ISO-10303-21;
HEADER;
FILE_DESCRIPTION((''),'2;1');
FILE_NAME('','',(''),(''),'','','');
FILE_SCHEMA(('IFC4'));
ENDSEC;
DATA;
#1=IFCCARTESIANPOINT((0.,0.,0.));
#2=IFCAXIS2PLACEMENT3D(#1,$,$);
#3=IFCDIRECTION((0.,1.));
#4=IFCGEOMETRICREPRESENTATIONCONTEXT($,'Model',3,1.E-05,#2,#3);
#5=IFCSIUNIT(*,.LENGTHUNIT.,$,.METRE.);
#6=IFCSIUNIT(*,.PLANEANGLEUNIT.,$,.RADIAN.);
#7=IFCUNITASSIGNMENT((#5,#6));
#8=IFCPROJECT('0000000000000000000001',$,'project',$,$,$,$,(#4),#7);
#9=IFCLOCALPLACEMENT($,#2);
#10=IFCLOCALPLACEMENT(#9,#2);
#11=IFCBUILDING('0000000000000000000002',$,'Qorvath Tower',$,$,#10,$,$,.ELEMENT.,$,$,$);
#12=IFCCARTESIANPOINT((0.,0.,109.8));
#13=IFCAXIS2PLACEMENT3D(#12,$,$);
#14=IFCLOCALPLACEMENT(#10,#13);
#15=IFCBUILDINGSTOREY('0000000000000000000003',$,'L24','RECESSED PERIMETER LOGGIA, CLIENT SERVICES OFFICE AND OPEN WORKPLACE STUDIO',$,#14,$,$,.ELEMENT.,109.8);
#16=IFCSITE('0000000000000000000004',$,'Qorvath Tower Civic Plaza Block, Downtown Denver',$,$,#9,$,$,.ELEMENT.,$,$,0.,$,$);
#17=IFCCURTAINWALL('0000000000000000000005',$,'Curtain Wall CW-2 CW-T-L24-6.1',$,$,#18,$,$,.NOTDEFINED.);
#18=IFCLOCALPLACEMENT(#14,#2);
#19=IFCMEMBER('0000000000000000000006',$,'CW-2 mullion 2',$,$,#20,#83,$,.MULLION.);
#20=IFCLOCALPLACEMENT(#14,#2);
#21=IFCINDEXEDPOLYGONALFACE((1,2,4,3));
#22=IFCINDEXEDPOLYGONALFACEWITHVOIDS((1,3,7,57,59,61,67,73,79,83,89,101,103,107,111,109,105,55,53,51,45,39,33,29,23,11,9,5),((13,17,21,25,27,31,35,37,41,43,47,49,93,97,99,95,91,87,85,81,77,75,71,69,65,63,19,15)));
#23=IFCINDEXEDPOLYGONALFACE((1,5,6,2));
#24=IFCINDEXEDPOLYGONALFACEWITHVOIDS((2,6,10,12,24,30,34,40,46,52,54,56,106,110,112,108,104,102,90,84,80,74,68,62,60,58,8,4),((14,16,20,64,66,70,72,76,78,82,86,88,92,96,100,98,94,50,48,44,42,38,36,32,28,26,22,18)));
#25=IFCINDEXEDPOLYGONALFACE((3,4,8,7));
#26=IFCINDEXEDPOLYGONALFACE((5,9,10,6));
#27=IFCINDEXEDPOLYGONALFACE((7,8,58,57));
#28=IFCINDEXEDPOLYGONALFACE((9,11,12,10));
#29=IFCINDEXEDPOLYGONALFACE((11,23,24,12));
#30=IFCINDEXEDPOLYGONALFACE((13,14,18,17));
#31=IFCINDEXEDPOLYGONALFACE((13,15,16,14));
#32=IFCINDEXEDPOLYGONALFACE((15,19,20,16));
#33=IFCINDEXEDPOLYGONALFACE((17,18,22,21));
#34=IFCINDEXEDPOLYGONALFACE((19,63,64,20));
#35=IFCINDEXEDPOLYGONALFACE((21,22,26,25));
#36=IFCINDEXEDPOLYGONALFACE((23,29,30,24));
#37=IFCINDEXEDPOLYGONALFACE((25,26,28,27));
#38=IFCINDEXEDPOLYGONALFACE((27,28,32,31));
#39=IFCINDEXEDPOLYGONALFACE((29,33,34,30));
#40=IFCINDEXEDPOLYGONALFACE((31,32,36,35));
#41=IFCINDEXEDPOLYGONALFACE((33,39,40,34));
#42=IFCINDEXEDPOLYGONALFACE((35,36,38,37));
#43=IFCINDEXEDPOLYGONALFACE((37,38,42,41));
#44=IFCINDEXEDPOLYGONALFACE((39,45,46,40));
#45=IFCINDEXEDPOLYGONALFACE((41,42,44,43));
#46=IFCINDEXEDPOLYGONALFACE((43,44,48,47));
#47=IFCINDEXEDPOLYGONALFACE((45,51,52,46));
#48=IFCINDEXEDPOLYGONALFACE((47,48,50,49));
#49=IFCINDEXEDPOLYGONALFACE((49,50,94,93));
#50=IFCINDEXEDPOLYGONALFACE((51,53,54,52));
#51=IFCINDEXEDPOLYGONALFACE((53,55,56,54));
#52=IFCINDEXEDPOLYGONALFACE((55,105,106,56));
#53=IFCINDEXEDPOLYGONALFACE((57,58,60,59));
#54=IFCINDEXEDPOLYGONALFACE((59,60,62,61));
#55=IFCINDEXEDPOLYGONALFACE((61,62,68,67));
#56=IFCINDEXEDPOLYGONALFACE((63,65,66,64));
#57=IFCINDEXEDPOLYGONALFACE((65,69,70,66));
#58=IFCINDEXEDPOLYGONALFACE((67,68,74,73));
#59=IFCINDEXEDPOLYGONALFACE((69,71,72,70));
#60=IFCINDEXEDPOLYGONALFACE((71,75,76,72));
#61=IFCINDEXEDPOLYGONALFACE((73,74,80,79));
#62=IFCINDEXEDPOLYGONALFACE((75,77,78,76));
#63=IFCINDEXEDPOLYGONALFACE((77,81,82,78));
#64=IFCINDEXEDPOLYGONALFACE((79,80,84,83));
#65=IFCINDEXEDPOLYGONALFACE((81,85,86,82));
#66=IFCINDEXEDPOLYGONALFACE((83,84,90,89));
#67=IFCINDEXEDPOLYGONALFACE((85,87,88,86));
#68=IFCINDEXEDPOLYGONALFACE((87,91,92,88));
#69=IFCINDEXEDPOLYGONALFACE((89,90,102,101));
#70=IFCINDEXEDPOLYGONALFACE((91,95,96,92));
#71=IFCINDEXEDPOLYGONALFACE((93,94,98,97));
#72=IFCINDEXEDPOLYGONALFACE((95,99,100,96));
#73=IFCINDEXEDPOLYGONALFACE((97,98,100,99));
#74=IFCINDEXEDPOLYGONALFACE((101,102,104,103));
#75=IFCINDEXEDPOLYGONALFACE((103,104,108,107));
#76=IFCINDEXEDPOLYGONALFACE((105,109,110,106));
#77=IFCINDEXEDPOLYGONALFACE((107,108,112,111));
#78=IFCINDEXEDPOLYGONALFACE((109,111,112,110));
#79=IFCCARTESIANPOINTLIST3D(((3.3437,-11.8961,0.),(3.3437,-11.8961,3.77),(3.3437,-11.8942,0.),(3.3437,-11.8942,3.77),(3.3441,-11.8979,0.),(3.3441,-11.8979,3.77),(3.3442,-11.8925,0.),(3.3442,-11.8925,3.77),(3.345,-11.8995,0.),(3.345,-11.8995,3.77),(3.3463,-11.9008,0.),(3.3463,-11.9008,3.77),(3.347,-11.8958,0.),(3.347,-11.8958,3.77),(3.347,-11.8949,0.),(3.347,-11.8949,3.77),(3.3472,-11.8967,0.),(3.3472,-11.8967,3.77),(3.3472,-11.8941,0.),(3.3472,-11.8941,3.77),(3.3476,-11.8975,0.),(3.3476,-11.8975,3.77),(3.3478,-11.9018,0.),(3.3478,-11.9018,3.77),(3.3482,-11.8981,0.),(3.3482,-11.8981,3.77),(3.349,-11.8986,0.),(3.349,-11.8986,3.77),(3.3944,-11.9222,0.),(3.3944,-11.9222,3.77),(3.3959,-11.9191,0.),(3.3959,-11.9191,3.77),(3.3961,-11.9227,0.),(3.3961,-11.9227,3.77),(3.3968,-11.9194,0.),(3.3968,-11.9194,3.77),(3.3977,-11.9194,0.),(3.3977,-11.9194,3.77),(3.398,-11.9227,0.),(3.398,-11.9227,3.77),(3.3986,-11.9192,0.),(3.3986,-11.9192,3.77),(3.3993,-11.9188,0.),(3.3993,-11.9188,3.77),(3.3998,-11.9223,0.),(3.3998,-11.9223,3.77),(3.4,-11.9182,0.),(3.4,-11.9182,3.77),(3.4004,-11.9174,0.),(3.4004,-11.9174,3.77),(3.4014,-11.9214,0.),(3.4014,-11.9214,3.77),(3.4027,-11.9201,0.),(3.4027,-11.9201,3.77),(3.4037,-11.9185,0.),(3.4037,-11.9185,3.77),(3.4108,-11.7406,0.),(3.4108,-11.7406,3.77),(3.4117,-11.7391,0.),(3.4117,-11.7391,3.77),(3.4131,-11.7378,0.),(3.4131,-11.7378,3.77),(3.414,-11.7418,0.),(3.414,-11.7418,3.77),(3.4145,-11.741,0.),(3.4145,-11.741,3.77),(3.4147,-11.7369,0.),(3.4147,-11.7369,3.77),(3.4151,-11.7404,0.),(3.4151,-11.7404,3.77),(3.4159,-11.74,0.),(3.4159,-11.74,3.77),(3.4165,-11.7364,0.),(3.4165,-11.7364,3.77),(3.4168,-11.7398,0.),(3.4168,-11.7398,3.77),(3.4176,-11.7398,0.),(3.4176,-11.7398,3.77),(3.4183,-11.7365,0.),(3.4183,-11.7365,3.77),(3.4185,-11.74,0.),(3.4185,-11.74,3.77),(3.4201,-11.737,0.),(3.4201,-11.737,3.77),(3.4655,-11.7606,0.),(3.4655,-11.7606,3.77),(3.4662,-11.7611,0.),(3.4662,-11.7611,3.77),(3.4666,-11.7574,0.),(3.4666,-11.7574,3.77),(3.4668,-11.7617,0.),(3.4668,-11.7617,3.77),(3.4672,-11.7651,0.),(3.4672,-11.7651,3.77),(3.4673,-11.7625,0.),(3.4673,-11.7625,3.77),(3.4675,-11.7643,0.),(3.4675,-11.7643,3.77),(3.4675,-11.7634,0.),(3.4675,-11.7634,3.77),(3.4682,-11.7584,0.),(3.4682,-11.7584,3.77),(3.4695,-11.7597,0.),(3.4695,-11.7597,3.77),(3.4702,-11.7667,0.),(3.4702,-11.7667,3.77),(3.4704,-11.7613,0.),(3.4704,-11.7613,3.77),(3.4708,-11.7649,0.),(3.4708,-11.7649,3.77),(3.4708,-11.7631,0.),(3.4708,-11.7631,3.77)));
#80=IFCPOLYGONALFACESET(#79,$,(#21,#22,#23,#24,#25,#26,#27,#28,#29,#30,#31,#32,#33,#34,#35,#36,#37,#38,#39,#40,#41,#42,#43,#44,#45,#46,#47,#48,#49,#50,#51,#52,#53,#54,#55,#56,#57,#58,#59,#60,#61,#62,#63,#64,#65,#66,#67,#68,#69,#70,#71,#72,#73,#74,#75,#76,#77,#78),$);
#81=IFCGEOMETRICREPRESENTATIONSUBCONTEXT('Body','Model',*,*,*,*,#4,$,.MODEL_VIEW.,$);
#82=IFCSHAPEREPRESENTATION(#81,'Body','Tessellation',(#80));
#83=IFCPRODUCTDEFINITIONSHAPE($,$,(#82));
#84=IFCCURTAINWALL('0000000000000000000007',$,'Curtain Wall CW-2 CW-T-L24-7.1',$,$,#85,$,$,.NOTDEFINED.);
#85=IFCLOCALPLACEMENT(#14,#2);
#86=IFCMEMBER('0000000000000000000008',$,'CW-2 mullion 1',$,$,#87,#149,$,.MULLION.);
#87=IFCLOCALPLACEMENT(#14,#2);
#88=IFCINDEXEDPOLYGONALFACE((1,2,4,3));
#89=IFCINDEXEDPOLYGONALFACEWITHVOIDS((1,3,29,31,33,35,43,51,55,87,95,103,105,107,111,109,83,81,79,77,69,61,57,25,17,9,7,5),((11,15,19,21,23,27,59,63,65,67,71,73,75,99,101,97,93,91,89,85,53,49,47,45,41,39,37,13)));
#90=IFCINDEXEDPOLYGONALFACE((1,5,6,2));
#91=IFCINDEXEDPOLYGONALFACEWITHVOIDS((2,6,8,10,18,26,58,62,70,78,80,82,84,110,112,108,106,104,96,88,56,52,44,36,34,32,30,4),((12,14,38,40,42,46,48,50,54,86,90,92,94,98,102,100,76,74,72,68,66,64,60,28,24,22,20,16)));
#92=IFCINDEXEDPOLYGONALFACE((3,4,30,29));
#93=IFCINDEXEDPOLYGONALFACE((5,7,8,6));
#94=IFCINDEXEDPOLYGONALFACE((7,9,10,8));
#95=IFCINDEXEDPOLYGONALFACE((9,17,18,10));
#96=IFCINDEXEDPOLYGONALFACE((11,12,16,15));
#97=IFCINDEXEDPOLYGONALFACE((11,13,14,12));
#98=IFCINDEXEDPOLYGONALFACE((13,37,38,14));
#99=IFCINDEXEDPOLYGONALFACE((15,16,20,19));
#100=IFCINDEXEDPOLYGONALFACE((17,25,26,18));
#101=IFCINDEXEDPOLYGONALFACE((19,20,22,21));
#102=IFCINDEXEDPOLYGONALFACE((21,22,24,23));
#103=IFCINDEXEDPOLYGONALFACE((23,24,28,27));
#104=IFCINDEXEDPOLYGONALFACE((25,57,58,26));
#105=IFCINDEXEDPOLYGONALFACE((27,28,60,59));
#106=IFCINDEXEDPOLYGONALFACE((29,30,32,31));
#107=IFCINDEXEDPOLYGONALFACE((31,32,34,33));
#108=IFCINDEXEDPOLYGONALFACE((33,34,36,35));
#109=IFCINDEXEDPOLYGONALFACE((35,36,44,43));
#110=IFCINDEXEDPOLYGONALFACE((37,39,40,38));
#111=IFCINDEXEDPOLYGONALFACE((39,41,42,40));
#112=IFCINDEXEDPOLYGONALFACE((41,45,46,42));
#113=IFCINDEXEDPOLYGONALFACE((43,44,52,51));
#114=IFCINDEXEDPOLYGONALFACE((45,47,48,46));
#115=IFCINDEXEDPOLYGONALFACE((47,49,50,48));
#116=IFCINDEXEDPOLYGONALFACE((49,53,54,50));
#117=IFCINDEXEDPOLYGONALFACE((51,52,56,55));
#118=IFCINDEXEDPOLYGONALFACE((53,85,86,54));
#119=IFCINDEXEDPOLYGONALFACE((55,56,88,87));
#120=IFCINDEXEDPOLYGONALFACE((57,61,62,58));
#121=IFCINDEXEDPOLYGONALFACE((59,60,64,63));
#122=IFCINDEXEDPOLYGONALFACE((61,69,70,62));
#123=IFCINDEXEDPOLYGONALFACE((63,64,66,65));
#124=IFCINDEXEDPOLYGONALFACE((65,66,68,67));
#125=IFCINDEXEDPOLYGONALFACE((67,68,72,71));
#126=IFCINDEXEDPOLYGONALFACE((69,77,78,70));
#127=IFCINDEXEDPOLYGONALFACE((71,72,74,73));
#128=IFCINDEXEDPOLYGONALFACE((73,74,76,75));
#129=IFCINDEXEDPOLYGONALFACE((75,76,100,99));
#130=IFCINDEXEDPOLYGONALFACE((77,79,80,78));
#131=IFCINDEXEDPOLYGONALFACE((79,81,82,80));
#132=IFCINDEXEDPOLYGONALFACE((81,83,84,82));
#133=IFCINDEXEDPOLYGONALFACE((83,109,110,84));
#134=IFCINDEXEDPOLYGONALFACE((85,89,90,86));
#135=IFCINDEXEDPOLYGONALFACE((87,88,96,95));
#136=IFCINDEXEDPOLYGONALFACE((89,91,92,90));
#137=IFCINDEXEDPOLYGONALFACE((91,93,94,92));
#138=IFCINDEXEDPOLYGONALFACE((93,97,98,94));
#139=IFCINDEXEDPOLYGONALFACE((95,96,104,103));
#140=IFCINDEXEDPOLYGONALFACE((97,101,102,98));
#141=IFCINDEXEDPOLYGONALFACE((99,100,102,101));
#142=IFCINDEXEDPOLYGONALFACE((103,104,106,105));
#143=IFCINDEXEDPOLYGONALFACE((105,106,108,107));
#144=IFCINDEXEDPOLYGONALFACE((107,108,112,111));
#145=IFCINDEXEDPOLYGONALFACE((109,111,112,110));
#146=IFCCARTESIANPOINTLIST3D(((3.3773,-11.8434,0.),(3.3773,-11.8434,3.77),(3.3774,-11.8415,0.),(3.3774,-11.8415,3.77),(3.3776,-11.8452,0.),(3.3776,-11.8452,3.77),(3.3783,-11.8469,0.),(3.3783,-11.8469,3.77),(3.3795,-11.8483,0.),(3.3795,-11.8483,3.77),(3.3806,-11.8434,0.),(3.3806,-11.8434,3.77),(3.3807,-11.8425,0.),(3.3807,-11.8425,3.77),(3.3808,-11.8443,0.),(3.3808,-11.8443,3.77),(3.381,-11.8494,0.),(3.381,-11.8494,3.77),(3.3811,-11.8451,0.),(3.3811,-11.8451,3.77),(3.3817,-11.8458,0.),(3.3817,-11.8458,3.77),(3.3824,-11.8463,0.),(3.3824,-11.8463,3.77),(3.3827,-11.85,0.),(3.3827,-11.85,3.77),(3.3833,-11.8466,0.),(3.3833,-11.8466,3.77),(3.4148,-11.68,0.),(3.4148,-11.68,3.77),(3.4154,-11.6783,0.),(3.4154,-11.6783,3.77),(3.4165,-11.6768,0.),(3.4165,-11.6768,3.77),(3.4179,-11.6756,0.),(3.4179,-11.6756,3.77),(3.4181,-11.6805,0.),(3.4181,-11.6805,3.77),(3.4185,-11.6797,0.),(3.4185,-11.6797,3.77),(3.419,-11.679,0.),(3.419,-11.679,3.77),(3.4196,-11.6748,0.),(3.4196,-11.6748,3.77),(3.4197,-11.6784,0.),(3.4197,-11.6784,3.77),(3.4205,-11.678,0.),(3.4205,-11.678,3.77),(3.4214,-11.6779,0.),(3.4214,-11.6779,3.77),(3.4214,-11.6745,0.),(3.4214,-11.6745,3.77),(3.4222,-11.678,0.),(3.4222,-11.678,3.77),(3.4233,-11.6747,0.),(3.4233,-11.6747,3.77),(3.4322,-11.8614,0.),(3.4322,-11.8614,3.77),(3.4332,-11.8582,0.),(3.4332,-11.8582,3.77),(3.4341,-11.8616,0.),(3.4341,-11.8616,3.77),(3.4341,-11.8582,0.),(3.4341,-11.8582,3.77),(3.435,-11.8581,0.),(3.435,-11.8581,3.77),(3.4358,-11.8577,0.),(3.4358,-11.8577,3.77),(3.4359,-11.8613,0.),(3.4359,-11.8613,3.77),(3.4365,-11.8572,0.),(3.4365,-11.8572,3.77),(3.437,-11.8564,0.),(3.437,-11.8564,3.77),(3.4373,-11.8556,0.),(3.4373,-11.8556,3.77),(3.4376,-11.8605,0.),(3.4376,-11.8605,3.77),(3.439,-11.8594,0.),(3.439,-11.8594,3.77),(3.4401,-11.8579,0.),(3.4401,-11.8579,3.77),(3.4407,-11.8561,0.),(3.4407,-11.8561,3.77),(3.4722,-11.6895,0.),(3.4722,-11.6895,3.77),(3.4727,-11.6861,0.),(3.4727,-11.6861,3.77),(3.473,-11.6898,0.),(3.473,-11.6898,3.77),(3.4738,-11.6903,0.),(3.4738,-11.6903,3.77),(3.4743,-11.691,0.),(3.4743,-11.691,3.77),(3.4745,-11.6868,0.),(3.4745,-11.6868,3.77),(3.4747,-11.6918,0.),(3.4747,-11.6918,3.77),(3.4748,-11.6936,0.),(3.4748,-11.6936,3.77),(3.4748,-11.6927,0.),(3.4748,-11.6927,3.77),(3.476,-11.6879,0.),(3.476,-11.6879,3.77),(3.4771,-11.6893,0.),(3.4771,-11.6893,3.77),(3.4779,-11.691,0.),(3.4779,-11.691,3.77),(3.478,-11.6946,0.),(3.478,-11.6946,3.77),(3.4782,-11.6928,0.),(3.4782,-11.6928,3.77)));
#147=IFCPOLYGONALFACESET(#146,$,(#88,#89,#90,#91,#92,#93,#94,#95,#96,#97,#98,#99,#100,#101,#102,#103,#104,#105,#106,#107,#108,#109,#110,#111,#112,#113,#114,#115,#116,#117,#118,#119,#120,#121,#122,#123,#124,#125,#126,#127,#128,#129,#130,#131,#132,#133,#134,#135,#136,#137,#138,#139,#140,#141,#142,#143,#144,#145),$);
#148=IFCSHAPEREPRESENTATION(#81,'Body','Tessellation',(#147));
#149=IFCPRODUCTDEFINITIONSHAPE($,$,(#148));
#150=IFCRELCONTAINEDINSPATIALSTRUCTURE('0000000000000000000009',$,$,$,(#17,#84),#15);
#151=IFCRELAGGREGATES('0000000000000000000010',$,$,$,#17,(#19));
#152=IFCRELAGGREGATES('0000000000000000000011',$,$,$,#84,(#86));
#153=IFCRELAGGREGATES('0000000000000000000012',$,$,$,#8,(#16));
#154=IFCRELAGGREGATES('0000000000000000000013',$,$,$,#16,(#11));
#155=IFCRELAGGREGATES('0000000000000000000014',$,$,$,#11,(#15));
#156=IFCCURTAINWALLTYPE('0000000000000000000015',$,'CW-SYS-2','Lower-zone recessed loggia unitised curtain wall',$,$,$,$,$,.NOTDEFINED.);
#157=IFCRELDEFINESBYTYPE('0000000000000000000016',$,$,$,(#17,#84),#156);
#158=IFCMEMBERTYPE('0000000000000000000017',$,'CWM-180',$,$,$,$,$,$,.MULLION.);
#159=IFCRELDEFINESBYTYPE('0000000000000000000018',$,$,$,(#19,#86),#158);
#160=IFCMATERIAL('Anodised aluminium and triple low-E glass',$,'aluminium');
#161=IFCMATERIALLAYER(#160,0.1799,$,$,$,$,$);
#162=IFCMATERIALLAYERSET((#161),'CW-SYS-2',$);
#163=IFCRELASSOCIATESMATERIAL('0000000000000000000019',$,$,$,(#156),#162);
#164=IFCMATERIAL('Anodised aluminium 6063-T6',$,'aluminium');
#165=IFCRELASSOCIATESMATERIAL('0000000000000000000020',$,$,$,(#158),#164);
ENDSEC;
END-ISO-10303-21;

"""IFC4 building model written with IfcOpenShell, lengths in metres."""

from ifc_helpers import new_model, si_unit, direction, frame, origin, origin_2d, place, context, subcontext, project, spatial, hollow_rectangle, extrude, material, layer, layer_set, material_profile, profile_set, type_object, element, aggregate, save


model = new_model("IFC4")

# Units and contexts
model_context = context("Model", 3, precision=1e-05, world=origin(), true_north=direction((0.0, 1.0)))
body_context = subcontext(model_context, "Body", "Model", "MODEL_VIEW")
ifc_project = project(units=[si_unit("LENGTHUNIT", "METRE"), si_unit("PLANEANGLEUNIT", "RADIAN")], contexts=[model_context])

# Site, building, storey
site_placement = place(None, origin())
site = spatial("IfcSite", under=ifc_project, at=site_placement, Name="Qorvath Tower Civic Plaza Block, Downtown Denver", CompositionType="ELEMENT", RefElevation=0.0)
building_placement = place(site_placement, origin())
building = spatial("IfcBuilding", under=site, at=building_placement, Name="Qorvath Tower", CompositionType="ELEMENT")
storey_placement = place(building_placement, frame((0.0, 0.0, 109.8)))
storey = spatial("IfcBuildingStorey", under=building, at=storey_placement, Name="L24", Description="RECESSED PERIMETER LOGGIA, CLIENT SERVICES OFFICE AND OPEN WORKPLACE STUDIO", CompositionType="ELEMENT", Elevation=109.8)

# Shared definitions
ifc_material_1 = material(Name="Anodised aluminium and triple low-E glass", Category="aluminium")
ifc_layer_1 = layer(ifc_material_1, 0.1799)
ifc_layer_set_1 = layer_set([ifc_layer_1], Name="CW-SYS-2")
curtain_wall_type = type_object("IfcCurtainWallType", Name="CW-SYS-2", Description="Lower-zone recessed loggia unitised curtain wall", PredefinedType="NOTDEFINED", material=ifc_layer_set_1)
ifc_material_2 = material(Name="Anodised aluminium 6063-T6", Category="aluminium")
ifc_material_profile_1 = material_profile(ifc_material_2, hollow_rectangle(XDim=0.0649, YDim=0.1799, WallThickness=0.0034, InnerFilletRadius=0.0034, OuterFilletRadius=0.0071, at=origin_2d()), Name="CWM 180x65")
ifc_profile_set_1 = profile_set([ifc_material_profile_1], Name="Anodised aluminium 6063-T6")
member_type_1 = type_object("IfcMemberType", Name="CWM-180", PredefinedType="MULLION", material=ifc_profile_set_1)

# Curtain walls, members
curtain_wall_1_placement = place(storey_placement, origin())
curtain_wall_1 = element("IfcCurtainWall", 1, at=curtain_wall_1_placement, inside=storey, type_object=curtain_wall_type, Name="Curtain Wall CW-2 CW-T-L24-6.1", PredefinedType="NOTDEFINED")
member_1_placement = place(storey_placement, frame((3.4072, -11.8296, 0.0), z_axis=(0.0, 0.0, 1.0), x_axis=(-0.915821, 0.401586, 0.0)))
member_1 = element("IfcMember", 2, at=member_1_placement, type_object=member_type_1, Name="CW-2 mullion 2", PredefinedType="MULLION", context=body_context, shape_type="SweptSolid", body=[
    extrude(hollow_rectangle(XDim=0.0649, YDim=0.1799, WallThickness=0.0034, InnerFilletRadius=0.0034, OuterFilletRadius=0.0071, at=origin_2d()), origin(), (0.0, 0.0, 1.0), 3.77),
])
curtain_wall_2_placement = place(storey_placement, origin())
curtain_wall_2 = element("IfcCurtainWall", 3, at=curtain_wall_2_placement, inside=storey, type_object=curtain_wall_type, Name="Curtain Wall CW-2 CW-T-L24-7.1", PredefinedType="NOTDEFINED")
member_2_placement = place(storey_placement, frame((3.4277, -11.7681, 0.0), z_axis=(0.0, 0.0, 1.0), x_axis=(-0.974313, 0.2252, 0.0)))
member_2 = element("IfcMember", 4, at=member_2_placement, type_object=member_type_1, Name="CW-2 mullion 1", PredefinedType="MULLION", context=body_context, shape_type="SweptSolid", body=[
    extrude(hollow_rectangle(XDim=0.0649, YDim=0.1799, WallThickness=0.0034, InnerFilletRadius=0.0034, OuterFilletRadius=0.0071, at=origin_2d()), origin(), (0.0, 0.0, 1.0), 3.77),
])

aggregate(curtain_wall_1, [member_1])
aggregate(curtain_wall_2, [member_2])

save(model, "model.ifc")
